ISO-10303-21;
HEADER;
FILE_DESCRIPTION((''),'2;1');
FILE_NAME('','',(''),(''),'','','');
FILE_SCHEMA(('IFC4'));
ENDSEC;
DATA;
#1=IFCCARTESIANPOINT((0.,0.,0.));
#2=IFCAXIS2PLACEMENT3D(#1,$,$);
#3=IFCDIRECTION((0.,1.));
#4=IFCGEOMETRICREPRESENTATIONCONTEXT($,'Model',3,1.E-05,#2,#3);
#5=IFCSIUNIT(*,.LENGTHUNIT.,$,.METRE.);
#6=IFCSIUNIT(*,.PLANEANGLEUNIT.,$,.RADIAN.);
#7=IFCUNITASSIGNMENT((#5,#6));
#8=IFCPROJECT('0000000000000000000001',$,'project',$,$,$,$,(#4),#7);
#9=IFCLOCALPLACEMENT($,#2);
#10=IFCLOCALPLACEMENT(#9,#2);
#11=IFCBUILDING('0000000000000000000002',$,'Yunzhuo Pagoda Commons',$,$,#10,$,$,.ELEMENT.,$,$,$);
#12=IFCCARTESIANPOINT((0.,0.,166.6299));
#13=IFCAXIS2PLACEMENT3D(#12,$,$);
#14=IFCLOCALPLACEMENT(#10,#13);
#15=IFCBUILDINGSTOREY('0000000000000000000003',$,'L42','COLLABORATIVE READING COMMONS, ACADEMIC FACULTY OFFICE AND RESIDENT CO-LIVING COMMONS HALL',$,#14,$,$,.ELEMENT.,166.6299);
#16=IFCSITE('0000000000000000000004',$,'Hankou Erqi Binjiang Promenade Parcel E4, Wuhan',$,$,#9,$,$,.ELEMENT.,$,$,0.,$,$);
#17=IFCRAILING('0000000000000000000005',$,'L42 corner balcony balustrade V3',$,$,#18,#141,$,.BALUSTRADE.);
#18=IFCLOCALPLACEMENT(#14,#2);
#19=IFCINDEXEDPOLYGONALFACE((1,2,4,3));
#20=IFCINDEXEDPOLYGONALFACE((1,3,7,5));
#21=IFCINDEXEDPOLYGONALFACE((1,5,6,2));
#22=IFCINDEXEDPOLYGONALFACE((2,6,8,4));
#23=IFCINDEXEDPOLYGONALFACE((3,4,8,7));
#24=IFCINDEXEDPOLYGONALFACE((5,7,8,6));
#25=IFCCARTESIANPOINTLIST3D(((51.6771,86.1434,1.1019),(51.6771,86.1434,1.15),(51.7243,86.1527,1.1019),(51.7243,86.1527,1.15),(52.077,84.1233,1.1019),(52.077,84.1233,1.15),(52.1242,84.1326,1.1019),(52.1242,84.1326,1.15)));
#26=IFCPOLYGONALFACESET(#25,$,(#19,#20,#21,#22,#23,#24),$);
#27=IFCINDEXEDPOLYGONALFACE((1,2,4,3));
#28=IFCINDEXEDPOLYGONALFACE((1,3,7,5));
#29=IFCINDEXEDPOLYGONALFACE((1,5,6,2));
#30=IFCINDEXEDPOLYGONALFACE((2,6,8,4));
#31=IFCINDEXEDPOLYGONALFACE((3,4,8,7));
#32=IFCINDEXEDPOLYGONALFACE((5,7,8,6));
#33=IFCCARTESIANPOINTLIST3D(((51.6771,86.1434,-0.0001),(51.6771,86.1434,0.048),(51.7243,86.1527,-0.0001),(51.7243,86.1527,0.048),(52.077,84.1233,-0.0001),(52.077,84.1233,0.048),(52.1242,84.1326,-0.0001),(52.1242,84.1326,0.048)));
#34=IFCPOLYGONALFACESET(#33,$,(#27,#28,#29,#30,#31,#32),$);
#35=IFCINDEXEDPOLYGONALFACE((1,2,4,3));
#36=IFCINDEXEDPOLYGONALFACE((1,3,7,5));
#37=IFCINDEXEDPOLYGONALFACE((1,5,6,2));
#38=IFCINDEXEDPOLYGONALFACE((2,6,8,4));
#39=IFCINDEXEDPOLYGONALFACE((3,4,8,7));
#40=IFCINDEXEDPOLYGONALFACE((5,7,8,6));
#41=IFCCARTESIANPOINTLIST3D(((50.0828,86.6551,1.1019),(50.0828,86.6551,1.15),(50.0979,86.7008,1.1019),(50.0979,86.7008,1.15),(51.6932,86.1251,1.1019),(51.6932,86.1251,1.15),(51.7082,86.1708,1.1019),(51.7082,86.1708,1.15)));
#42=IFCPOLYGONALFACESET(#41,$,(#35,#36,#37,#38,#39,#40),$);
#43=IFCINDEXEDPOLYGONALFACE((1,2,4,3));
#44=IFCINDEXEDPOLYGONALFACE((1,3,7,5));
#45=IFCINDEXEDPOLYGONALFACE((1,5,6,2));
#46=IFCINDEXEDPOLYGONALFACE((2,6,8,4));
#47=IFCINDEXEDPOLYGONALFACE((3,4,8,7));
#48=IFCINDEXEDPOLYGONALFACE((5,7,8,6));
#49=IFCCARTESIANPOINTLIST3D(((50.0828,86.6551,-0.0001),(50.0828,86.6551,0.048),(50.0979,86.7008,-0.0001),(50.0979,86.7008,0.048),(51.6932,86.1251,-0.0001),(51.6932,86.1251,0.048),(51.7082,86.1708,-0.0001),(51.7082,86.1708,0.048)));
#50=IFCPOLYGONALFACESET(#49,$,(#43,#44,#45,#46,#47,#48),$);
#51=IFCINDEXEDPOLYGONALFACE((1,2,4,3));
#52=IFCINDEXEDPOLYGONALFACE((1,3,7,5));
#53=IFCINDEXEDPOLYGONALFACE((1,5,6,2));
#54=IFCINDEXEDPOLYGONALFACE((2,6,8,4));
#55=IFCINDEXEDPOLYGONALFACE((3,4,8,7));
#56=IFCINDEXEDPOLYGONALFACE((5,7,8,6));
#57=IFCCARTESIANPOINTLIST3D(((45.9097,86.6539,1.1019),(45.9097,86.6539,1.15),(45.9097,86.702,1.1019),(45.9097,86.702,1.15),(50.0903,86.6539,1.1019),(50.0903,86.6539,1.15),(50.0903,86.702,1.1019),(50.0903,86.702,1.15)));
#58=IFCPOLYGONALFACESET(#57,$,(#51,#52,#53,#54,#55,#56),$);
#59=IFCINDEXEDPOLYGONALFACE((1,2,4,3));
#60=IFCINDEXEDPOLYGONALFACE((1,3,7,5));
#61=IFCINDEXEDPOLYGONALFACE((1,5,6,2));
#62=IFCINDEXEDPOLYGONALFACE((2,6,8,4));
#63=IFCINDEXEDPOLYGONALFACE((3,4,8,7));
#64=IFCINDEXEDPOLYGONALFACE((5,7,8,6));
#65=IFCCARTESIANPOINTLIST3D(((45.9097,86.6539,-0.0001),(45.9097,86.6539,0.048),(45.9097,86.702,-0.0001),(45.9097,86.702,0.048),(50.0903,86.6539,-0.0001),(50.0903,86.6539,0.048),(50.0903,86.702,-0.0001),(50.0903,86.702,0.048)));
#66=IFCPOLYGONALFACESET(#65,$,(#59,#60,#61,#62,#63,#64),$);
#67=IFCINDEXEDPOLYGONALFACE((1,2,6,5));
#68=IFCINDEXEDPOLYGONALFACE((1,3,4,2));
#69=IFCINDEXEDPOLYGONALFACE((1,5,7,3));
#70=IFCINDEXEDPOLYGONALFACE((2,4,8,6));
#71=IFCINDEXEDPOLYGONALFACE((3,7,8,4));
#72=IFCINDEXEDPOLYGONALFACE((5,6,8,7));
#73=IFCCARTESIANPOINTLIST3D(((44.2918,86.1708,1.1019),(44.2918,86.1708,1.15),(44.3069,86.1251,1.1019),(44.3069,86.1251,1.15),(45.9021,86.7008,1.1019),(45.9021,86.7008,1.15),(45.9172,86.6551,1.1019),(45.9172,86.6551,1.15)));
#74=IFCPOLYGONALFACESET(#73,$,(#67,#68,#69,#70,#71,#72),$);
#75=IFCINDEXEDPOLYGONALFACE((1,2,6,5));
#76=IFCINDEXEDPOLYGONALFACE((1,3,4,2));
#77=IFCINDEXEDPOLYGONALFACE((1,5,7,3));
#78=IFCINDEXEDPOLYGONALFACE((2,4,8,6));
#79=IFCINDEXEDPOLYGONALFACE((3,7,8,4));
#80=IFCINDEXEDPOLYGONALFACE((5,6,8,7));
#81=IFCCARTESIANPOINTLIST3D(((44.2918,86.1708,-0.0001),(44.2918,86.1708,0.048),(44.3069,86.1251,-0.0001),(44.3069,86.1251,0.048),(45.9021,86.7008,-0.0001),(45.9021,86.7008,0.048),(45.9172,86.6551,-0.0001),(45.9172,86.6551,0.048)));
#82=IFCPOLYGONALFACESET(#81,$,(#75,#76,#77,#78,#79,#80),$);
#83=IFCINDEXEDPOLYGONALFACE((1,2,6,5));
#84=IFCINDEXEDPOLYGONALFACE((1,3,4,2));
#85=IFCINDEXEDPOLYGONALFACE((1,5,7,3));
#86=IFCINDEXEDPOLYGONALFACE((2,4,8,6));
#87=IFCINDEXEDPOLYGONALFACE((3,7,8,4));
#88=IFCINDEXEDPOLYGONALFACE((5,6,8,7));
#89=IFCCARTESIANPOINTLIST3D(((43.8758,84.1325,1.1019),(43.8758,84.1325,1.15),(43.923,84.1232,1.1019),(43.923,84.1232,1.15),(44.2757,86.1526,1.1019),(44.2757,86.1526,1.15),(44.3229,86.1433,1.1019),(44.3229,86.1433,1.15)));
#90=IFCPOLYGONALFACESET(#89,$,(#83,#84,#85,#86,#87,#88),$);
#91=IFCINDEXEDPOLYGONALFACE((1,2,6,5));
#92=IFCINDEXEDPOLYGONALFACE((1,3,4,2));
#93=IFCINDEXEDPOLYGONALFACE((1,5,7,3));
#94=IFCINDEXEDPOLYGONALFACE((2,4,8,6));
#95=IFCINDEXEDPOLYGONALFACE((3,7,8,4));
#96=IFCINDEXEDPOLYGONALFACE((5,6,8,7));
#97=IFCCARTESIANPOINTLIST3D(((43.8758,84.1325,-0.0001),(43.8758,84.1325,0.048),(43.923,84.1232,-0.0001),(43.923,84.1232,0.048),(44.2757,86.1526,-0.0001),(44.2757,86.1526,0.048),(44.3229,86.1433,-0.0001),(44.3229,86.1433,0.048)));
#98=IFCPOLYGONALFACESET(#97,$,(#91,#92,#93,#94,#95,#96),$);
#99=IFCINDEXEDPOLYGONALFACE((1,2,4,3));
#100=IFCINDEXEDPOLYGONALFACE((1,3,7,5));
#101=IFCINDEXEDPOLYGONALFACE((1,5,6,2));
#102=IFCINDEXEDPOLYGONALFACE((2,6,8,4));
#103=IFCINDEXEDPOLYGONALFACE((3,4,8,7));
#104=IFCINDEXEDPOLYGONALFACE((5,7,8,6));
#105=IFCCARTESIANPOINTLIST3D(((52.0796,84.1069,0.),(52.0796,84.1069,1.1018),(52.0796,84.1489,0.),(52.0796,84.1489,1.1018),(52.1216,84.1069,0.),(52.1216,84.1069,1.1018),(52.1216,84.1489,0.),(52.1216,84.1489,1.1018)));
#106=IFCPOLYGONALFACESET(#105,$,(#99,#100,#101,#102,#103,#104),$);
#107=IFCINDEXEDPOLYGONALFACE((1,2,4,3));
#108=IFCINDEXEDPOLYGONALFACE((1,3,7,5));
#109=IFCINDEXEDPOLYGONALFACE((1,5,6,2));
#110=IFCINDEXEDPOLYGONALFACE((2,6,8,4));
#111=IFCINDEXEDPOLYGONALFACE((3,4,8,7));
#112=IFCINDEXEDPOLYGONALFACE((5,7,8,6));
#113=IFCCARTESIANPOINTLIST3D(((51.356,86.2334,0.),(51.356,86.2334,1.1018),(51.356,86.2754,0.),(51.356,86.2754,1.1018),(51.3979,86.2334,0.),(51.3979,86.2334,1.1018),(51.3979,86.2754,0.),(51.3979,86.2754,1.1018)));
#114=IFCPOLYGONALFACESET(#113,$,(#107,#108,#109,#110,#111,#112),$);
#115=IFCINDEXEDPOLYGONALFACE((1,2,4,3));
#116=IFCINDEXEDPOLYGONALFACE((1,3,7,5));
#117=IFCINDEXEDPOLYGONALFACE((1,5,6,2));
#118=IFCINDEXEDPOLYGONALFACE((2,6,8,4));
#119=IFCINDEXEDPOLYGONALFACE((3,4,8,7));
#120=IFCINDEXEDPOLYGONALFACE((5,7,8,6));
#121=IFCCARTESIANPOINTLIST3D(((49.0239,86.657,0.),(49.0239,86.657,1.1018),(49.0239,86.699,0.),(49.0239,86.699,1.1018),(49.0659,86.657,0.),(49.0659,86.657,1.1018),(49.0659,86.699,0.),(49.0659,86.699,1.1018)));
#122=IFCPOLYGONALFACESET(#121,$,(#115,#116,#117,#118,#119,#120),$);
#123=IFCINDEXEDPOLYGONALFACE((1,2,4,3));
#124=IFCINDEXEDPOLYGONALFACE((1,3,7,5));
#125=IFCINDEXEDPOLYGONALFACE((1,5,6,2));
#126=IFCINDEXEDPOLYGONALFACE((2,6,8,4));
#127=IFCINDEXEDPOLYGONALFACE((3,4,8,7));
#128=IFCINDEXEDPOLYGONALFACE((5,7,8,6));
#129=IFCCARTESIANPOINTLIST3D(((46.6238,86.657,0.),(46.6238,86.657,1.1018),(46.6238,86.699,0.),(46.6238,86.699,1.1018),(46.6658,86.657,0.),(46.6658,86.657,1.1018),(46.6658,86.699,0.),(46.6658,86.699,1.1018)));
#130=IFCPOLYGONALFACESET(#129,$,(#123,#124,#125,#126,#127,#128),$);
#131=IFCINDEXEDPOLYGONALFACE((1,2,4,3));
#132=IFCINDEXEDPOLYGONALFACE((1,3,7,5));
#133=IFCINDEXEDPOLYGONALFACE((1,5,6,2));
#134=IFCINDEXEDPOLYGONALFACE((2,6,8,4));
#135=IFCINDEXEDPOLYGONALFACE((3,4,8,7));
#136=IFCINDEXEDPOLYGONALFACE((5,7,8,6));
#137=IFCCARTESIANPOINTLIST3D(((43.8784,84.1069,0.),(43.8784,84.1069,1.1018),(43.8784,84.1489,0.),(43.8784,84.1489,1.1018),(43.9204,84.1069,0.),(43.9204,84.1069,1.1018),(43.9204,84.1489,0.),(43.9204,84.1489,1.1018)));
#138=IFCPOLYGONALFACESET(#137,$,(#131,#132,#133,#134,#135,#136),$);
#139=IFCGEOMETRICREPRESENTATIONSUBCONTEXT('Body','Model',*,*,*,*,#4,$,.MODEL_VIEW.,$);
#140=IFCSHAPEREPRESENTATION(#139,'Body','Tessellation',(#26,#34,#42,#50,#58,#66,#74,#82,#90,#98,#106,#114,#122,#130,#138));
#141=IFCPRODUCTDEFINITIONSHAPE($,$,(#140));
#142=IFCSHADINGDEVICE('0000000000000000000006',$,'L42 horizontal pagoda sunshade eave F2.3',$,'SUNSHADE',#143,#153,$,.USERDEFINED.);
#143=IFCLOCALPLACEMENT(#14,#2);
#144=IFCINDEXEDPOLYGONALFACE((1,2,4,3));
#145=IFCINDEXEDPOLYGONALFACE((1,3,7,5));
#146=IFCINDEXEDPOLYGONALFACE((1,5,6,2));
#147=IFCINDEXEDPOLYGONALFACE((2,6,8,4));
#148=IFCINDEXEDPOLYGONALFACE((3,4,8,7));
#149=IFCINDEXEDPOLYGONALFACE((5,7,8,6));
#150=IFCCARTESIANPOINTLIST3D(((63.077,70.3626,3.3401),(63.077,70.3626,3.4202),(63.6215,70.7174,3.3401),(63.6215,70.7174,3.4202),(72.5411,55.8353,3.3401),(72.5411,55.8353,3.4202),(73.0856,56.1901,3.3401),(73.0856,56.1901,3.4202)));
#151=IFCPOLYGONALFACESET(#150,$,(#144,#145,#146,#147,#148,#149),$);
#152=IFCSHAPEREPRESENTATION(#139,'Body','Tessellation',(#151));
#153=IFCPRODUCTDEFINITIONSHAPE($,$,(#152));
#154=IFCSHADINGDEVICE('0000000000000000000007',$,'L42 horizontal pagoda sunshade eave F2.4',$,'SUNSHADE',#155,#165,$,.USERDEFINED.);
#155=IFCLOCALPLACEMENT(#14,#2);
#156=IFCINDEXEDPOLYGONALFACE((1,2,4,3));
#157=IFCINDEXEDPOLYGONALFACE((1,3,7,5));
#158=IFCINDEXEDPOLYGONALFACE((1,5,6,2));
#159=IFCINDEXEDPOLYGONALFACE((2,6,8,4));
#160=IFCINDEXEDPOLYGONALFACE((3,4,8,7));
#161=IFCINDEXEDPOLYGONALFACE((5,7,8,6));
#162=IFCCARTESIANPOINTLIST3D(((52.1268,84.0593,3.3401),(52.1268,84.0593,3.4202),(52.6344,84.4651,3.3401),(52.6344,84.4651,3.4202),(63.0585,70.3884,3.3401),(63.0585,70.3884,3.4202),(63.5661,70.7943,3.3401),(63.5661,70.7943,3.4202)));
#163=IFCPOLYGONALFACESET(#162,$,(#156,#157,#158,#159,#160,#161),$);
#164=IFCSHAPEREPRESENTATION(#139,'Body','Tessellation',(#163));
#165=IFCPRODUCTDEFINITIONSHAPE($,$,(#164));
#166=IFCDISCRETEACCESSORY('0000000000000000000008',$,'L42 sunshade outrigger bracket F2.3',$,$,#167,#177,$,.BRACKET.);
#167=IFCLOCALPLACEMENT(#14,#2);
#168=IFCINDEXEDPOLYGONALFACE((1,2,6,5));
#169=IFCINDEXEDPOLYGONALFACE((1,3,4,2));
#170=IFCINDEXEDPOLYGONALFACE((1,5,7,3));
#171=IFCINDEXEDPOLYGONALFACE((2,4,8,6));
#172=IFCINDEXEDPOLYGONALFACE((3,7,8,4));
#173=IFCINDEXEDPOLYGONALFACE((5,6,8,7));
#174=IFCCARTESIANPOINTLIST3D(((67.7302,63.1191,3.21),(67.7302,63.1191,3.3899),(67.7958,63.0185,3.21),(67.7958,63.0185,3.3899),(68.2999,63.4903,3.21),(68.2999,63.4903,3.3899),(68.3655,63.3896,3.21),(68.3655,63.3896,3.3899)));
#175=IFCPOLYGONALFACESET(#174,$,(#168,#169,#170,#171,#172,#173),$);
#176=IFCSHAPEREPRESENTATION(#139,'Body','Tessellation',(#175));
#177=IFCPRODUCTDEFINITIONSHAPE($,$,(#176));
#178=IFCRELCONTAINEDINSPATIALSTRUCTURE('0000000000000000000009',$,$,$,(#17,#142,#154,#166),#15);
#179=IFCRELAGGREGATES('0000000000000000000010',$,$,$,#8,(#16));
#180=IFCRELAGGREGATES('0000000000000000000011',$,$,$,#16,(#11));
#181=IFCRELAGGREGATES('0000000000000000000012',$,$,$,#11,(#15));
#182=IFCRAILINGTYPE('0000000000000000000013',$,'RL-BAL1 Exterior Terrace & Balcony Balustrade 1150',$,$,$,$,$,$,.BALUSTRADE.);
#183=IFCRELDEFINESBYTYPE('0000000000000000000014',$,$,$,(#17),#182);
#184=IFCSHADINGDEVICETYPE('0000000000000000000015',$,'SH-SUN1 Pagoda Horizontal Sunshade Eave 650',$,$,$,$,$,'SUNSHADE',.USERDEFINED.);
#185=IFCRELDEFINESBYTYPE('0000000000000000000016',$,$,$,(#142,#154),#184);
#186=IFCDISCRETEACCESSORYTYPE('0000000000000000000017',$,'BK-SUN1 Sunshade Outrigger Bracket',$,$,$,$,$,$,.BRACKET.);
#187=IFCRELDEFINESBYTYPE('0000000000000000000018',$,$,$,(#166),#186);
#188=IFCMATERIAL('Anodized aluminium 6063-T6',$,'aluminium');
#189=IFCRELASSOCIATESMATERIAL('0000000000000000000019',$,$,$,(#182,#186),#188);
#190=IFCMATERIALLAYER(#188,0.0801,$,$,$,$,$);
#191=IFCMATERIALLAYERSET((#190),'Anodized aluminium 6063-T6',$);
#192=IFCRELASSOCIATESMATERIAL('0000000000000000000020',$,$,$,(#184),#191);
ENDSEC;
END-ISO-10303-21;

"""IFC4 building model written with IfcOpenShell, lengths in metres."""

from ifc_helpers import new_model, si_unit, direction, frame, origin, origin_2d, place, context, subcontext, project, spatial, rectangle, extrude, source, transform, mapped, material, layer, layer_set, type_object, element, save


model = new_model("IFC4")

# Units and contexts
model_context = context("Model", 3, precision=1e-05, world=origin(), true_north=direction((0.0, 1.0)))
body_context = subcontext(model_context, "Body", "Model", "MODEL_VIEW")
ifc_project = project(units=[si_unit("LENGTHUNIT", "METRE"), si_unit("PLANEANGLEUNIT", "RADIAN")], contexts=[model_context])

# Site, building, storey
site_placement = place(None, origin())
site = spatial("IfcSite", under=ifc_project, at=site_placement, Name="Hankou Erqi Binjiang Promenade Parcel E4, Wuhan", CompositionType="ELEMENT", RefElevation=0.0)
building_placement = place(site_placement, origin())
building = spatial("IfcBuilding", under=site, at=building_placement, Name="Yunzhuo Pagoda Commons", CompositionType="ELEMENT")
storey_placement = place(building_placement, frame((0.0, 0.0, 166.6299)))
storey = spatial("IfcBuildingStorey", under=building, at=storey_placement, Name="L42", Description="COLLABORATIVE READING COMMONS, ACADEMIC FACULTY OFFICE AND RESIDENT CO-LIVING COMMONS HALL", CompositionType="ELEMENT", Elevation=166.6299)

# Shared definitions
ifc_material_1 = material(Name="Anodized aluminium 6063-T6", Category="aluminium")

# Railing
railing_type_1 = type_object("IfcRailingType", Name="RL-BAL1 Exterior Terrace & Balcony Balustrade 1150", PredefinedType="BALUSTRADE", material=ifc_material_1)
railing_1_placement = place(storey_placement, frame((52.1006, 84.1279, 0.0)))
element("IfcRailing", 1, at=railing_1_placement, inside=storey, type_object=railing_type_1, Name="L42 corner balcony balustrade V3", PredefinedType="BALUSTRADE", context=body_context, shape_type="SweptSolid", body=[
    extrude(rectangle(XDim=0.0481, YDim=0.0481, at=origin_2d()), frame((0.0, 0.0, 1.126), z_axis=(-0.194201, 0.980962, 0.0), x_axis=(-0.980962, -0.194201, 0.0)), (0.0, 0.0, 1.0), 2.0593),
    extrude(rectangle(XDim=0.0481, YDim=0.0481, at=origin_2d()), frame((0.0, 0.0, 0.0239), z_axis=(-0.194201, 0.980962, 0.0), x_axis=(-0.980962, -0.194201, 0.0)), (0.0, 0.0, 1.0), 2.0593),
    extrude(rectangle(XDim=0.0481, YDim=0.0481, at=origin_2d()), frame((-0.3999, 2.02, 1.126), z_axis=(-0.949872, 0.31264, 0.0), x_axis=(-0.31264, -0.949872, 0.0)), (0.0, 0.0, 1.0), 1.6953),
    extrude(rectangle(XDim=0.0481, YDim=0.0481, at=origin_2d()), frame((-0.3999, 2.02, 0.0239), z_axis=(-0.949872, 0.31264, 0.0), x_axis=(-0.31264, -0.949872, 0.0)), (0.0, 0.0, 1.0), 1.6953),
    extrude(rectangle(XDim=0.0481, YDim=0.0481, at=origin_2d()), frame((-2.0103, 2.55, 1.126), z_axis=(-1.0, 0.0, 0.0), x_axis=(0.0, -1.0, 0.0)), (0.0, 0.0, 1.0), 4.1807),
    extrude(rectangle(XDim=0.0481, YDim=0.0481, at=origin_2d()), frame((-2.0103, 2.55, 0.0239), z_axis=(-1.0, 0.0, 0.0), x_axis=(0.0, -1.0, 0.0)), (0.0, 0.0, 1.0), 4.1807),
    extrude(rectangle(XDim=0.0481, YDim=0.0481, at=origin_2d()), frame((-6.1909, 2.55, 1.126), z_axis=(-0.949872, -0.31264, 0.0), x_axis=(0.31264, -0.949872, 0.0)), (0.0, 0.0, 1.0), 1.6953),
    extrude(rectangle(XDim=0.0481, YDim=0.0481, at=origin_2d()), frame((-6.1909, 2.55, 0.0239), z_axis=(-0.949872, -0.31264, 0.0), x_axis=(0.31264, -0.949872, 0.0)), (0.0, 0.0, 1.0), 1.6953),
    extrude(rectangle(XDim=0.0481, YDim=0.0481, at=origin_2d()), frame((-7.8013, 2.02, 1.126), z_axis=(-0.194201, -0.980962, 0.0), x_axis=(0.980962, -0.194201, 0.0)), (0.0, 0.0, 1.0), 2.0593),
    extrude(rectangle(XDim=0.0481, YDim=0.0481, at=origin_2d()), frame((-7.8013, 2.02, 0.0239), z_axis=(-0.194201, -0.980962, 0.0), x_axis=(0.980962, -0.194201, 0.0)), (0.0, 0.0, 1.0), 2.0593),
    extrude(rectangle(XDim=0.042, YDim=0.042, at=origin_2d()), origin(), (0.0, 0.0, 1.0), 1.1018),
    extrude(rectangle(XDim=0.042, YDim=0.042, at=origin_2d()), frame((-0.7236, 2.1265, 0.0)), (0.0, 0.0, 1.0), 1.1018),
    extrude(rectangle(XDim=0.042, YDim=0.042, at=origin_2d()), frame((-3.0557, 2.55, 0.0)), (0.0, 0.0, 1.0), 1.1018),
    extrude(rectangle(XDim=0.042, YDim=0.042, at=origin_2d()), frame((-5.4558, 2.55, 0.0)), (0.0, 0.0, 1.0), 1.1018),
    extrude(rectangle(XDim=0.042, YDim=0.042, at=origin_2d()), frame((-8.2012, 0.0, 0.0)), (0.0, 0.0, 1.0), 1.1018),
])

# Shading devices
ifc_layer_1 = layer(ifc_material_1, 0.0801)
ifc_layer_set_1 = layer_set([ifc_layer_1], Name="Anodized aluminium 6063-T6")
shading_device_type = type_object("IfcShadingDeviceType", Name="SH-SUN1 Pagoda Horizontal Sunshade Eave 650", ElementType="SUNSHADE", PredefinedType="USERDEFINED", material=ifc_layer_set_1)
shared_shape_1 = source(origin(), body_context, "Body", "SweptSolid", [
    extrude(rectangle(XDim=17.3381, YDim=0.6499, at=origin_2d()), origin(), (0.0, 0.0, 1.0), 0.0801),
])
shading_device_1_placement = place(storey_placement, frame((68.0813, 63.2764, 3.3401), z_axis=(0.0, 0.0, 1.0), x_axis=(-0.545853, 0.837881, 0.0)))
element("IfcShadingDevice", 2, at=shading_device_1_placement, inside=storey, type_object=shading_device_type, Name="L42 horizontal pagoda sunshade eave F2.3", ObjectType="SUNSHADE", PredefinedType="USERDEFINED", context=body_context, shape_type="MappedRepresentation", body=[
    mapped(shared_shape_1, transform((0.0, 0.0, 0.0), scale=1.0)),
])
shared_shape_2 = source(origin(), body_context, "Body", "SweptSolid", [
    extrude(rectangle(XDim=17.5042, YDim=0.6499, at=origin_2d()), origin(), (0.0, 0.0, 1.0), 0.0801),
])
shading_device_2_placement = place(storey_placement, frame((57.8464, 77.4268, 3.3401), z_axis=(0.0, 0.0, 1.0), x_axis=(-0.62452, 0.781008, 0.0)))
element("IfcShadingDevice", 3, at=shading_device_2_placement, inside=storey, type_object=shading_device_type, Name="L42 horizontal pagoda sunshade eave F2.4", ObjectType="SUNSHADE", PredefinedType="USERDEFINED", context=body_context, shape_type="MappedRepresentation", body=[
    mapped(shared_shape_2, transform((0.0, 0.0, 0.0), scale=1.0)),
])

# Discrete accessory
discrete_accessory_type = type_object("IfcDiscreteAccessoryType", Name="BK-SUN1 Sunshade Outrigger Bracket", PredefinedType="BRACKET", material=ifc_material_1)
shared_shape_3 = source(origin(), body_context, "Body", "SweptSolid", [
    extrude(rectangle(XDim=0.1201, YDim=0.6799, at=origin_2d()), origin(), (0.0, 0.0, 1.0), 0.1799),
])
discrete_accessory_placement = place(storey_placement, frame((68.0479, 63.2544, 3.21), z_axis=(0.0, 0.0, 1.0), x_axis=(-0.545853, 0.837881, 0.0)))
element("IfcDiscreteAccessory", 4, at=discrete_accessory_placement, inside=storey, type_object=discrete_accessory_type, Name="L42 sunshade outrigger bracket F2.3", PredefinedType="BRACKET", context=body_context, shape_type="MappedRepresentation", body=[
    mapped(shared_shape_3, transform((0.0, 0.0, 0.0), scale=1.0)),
])

save(model, "model.ifc")
